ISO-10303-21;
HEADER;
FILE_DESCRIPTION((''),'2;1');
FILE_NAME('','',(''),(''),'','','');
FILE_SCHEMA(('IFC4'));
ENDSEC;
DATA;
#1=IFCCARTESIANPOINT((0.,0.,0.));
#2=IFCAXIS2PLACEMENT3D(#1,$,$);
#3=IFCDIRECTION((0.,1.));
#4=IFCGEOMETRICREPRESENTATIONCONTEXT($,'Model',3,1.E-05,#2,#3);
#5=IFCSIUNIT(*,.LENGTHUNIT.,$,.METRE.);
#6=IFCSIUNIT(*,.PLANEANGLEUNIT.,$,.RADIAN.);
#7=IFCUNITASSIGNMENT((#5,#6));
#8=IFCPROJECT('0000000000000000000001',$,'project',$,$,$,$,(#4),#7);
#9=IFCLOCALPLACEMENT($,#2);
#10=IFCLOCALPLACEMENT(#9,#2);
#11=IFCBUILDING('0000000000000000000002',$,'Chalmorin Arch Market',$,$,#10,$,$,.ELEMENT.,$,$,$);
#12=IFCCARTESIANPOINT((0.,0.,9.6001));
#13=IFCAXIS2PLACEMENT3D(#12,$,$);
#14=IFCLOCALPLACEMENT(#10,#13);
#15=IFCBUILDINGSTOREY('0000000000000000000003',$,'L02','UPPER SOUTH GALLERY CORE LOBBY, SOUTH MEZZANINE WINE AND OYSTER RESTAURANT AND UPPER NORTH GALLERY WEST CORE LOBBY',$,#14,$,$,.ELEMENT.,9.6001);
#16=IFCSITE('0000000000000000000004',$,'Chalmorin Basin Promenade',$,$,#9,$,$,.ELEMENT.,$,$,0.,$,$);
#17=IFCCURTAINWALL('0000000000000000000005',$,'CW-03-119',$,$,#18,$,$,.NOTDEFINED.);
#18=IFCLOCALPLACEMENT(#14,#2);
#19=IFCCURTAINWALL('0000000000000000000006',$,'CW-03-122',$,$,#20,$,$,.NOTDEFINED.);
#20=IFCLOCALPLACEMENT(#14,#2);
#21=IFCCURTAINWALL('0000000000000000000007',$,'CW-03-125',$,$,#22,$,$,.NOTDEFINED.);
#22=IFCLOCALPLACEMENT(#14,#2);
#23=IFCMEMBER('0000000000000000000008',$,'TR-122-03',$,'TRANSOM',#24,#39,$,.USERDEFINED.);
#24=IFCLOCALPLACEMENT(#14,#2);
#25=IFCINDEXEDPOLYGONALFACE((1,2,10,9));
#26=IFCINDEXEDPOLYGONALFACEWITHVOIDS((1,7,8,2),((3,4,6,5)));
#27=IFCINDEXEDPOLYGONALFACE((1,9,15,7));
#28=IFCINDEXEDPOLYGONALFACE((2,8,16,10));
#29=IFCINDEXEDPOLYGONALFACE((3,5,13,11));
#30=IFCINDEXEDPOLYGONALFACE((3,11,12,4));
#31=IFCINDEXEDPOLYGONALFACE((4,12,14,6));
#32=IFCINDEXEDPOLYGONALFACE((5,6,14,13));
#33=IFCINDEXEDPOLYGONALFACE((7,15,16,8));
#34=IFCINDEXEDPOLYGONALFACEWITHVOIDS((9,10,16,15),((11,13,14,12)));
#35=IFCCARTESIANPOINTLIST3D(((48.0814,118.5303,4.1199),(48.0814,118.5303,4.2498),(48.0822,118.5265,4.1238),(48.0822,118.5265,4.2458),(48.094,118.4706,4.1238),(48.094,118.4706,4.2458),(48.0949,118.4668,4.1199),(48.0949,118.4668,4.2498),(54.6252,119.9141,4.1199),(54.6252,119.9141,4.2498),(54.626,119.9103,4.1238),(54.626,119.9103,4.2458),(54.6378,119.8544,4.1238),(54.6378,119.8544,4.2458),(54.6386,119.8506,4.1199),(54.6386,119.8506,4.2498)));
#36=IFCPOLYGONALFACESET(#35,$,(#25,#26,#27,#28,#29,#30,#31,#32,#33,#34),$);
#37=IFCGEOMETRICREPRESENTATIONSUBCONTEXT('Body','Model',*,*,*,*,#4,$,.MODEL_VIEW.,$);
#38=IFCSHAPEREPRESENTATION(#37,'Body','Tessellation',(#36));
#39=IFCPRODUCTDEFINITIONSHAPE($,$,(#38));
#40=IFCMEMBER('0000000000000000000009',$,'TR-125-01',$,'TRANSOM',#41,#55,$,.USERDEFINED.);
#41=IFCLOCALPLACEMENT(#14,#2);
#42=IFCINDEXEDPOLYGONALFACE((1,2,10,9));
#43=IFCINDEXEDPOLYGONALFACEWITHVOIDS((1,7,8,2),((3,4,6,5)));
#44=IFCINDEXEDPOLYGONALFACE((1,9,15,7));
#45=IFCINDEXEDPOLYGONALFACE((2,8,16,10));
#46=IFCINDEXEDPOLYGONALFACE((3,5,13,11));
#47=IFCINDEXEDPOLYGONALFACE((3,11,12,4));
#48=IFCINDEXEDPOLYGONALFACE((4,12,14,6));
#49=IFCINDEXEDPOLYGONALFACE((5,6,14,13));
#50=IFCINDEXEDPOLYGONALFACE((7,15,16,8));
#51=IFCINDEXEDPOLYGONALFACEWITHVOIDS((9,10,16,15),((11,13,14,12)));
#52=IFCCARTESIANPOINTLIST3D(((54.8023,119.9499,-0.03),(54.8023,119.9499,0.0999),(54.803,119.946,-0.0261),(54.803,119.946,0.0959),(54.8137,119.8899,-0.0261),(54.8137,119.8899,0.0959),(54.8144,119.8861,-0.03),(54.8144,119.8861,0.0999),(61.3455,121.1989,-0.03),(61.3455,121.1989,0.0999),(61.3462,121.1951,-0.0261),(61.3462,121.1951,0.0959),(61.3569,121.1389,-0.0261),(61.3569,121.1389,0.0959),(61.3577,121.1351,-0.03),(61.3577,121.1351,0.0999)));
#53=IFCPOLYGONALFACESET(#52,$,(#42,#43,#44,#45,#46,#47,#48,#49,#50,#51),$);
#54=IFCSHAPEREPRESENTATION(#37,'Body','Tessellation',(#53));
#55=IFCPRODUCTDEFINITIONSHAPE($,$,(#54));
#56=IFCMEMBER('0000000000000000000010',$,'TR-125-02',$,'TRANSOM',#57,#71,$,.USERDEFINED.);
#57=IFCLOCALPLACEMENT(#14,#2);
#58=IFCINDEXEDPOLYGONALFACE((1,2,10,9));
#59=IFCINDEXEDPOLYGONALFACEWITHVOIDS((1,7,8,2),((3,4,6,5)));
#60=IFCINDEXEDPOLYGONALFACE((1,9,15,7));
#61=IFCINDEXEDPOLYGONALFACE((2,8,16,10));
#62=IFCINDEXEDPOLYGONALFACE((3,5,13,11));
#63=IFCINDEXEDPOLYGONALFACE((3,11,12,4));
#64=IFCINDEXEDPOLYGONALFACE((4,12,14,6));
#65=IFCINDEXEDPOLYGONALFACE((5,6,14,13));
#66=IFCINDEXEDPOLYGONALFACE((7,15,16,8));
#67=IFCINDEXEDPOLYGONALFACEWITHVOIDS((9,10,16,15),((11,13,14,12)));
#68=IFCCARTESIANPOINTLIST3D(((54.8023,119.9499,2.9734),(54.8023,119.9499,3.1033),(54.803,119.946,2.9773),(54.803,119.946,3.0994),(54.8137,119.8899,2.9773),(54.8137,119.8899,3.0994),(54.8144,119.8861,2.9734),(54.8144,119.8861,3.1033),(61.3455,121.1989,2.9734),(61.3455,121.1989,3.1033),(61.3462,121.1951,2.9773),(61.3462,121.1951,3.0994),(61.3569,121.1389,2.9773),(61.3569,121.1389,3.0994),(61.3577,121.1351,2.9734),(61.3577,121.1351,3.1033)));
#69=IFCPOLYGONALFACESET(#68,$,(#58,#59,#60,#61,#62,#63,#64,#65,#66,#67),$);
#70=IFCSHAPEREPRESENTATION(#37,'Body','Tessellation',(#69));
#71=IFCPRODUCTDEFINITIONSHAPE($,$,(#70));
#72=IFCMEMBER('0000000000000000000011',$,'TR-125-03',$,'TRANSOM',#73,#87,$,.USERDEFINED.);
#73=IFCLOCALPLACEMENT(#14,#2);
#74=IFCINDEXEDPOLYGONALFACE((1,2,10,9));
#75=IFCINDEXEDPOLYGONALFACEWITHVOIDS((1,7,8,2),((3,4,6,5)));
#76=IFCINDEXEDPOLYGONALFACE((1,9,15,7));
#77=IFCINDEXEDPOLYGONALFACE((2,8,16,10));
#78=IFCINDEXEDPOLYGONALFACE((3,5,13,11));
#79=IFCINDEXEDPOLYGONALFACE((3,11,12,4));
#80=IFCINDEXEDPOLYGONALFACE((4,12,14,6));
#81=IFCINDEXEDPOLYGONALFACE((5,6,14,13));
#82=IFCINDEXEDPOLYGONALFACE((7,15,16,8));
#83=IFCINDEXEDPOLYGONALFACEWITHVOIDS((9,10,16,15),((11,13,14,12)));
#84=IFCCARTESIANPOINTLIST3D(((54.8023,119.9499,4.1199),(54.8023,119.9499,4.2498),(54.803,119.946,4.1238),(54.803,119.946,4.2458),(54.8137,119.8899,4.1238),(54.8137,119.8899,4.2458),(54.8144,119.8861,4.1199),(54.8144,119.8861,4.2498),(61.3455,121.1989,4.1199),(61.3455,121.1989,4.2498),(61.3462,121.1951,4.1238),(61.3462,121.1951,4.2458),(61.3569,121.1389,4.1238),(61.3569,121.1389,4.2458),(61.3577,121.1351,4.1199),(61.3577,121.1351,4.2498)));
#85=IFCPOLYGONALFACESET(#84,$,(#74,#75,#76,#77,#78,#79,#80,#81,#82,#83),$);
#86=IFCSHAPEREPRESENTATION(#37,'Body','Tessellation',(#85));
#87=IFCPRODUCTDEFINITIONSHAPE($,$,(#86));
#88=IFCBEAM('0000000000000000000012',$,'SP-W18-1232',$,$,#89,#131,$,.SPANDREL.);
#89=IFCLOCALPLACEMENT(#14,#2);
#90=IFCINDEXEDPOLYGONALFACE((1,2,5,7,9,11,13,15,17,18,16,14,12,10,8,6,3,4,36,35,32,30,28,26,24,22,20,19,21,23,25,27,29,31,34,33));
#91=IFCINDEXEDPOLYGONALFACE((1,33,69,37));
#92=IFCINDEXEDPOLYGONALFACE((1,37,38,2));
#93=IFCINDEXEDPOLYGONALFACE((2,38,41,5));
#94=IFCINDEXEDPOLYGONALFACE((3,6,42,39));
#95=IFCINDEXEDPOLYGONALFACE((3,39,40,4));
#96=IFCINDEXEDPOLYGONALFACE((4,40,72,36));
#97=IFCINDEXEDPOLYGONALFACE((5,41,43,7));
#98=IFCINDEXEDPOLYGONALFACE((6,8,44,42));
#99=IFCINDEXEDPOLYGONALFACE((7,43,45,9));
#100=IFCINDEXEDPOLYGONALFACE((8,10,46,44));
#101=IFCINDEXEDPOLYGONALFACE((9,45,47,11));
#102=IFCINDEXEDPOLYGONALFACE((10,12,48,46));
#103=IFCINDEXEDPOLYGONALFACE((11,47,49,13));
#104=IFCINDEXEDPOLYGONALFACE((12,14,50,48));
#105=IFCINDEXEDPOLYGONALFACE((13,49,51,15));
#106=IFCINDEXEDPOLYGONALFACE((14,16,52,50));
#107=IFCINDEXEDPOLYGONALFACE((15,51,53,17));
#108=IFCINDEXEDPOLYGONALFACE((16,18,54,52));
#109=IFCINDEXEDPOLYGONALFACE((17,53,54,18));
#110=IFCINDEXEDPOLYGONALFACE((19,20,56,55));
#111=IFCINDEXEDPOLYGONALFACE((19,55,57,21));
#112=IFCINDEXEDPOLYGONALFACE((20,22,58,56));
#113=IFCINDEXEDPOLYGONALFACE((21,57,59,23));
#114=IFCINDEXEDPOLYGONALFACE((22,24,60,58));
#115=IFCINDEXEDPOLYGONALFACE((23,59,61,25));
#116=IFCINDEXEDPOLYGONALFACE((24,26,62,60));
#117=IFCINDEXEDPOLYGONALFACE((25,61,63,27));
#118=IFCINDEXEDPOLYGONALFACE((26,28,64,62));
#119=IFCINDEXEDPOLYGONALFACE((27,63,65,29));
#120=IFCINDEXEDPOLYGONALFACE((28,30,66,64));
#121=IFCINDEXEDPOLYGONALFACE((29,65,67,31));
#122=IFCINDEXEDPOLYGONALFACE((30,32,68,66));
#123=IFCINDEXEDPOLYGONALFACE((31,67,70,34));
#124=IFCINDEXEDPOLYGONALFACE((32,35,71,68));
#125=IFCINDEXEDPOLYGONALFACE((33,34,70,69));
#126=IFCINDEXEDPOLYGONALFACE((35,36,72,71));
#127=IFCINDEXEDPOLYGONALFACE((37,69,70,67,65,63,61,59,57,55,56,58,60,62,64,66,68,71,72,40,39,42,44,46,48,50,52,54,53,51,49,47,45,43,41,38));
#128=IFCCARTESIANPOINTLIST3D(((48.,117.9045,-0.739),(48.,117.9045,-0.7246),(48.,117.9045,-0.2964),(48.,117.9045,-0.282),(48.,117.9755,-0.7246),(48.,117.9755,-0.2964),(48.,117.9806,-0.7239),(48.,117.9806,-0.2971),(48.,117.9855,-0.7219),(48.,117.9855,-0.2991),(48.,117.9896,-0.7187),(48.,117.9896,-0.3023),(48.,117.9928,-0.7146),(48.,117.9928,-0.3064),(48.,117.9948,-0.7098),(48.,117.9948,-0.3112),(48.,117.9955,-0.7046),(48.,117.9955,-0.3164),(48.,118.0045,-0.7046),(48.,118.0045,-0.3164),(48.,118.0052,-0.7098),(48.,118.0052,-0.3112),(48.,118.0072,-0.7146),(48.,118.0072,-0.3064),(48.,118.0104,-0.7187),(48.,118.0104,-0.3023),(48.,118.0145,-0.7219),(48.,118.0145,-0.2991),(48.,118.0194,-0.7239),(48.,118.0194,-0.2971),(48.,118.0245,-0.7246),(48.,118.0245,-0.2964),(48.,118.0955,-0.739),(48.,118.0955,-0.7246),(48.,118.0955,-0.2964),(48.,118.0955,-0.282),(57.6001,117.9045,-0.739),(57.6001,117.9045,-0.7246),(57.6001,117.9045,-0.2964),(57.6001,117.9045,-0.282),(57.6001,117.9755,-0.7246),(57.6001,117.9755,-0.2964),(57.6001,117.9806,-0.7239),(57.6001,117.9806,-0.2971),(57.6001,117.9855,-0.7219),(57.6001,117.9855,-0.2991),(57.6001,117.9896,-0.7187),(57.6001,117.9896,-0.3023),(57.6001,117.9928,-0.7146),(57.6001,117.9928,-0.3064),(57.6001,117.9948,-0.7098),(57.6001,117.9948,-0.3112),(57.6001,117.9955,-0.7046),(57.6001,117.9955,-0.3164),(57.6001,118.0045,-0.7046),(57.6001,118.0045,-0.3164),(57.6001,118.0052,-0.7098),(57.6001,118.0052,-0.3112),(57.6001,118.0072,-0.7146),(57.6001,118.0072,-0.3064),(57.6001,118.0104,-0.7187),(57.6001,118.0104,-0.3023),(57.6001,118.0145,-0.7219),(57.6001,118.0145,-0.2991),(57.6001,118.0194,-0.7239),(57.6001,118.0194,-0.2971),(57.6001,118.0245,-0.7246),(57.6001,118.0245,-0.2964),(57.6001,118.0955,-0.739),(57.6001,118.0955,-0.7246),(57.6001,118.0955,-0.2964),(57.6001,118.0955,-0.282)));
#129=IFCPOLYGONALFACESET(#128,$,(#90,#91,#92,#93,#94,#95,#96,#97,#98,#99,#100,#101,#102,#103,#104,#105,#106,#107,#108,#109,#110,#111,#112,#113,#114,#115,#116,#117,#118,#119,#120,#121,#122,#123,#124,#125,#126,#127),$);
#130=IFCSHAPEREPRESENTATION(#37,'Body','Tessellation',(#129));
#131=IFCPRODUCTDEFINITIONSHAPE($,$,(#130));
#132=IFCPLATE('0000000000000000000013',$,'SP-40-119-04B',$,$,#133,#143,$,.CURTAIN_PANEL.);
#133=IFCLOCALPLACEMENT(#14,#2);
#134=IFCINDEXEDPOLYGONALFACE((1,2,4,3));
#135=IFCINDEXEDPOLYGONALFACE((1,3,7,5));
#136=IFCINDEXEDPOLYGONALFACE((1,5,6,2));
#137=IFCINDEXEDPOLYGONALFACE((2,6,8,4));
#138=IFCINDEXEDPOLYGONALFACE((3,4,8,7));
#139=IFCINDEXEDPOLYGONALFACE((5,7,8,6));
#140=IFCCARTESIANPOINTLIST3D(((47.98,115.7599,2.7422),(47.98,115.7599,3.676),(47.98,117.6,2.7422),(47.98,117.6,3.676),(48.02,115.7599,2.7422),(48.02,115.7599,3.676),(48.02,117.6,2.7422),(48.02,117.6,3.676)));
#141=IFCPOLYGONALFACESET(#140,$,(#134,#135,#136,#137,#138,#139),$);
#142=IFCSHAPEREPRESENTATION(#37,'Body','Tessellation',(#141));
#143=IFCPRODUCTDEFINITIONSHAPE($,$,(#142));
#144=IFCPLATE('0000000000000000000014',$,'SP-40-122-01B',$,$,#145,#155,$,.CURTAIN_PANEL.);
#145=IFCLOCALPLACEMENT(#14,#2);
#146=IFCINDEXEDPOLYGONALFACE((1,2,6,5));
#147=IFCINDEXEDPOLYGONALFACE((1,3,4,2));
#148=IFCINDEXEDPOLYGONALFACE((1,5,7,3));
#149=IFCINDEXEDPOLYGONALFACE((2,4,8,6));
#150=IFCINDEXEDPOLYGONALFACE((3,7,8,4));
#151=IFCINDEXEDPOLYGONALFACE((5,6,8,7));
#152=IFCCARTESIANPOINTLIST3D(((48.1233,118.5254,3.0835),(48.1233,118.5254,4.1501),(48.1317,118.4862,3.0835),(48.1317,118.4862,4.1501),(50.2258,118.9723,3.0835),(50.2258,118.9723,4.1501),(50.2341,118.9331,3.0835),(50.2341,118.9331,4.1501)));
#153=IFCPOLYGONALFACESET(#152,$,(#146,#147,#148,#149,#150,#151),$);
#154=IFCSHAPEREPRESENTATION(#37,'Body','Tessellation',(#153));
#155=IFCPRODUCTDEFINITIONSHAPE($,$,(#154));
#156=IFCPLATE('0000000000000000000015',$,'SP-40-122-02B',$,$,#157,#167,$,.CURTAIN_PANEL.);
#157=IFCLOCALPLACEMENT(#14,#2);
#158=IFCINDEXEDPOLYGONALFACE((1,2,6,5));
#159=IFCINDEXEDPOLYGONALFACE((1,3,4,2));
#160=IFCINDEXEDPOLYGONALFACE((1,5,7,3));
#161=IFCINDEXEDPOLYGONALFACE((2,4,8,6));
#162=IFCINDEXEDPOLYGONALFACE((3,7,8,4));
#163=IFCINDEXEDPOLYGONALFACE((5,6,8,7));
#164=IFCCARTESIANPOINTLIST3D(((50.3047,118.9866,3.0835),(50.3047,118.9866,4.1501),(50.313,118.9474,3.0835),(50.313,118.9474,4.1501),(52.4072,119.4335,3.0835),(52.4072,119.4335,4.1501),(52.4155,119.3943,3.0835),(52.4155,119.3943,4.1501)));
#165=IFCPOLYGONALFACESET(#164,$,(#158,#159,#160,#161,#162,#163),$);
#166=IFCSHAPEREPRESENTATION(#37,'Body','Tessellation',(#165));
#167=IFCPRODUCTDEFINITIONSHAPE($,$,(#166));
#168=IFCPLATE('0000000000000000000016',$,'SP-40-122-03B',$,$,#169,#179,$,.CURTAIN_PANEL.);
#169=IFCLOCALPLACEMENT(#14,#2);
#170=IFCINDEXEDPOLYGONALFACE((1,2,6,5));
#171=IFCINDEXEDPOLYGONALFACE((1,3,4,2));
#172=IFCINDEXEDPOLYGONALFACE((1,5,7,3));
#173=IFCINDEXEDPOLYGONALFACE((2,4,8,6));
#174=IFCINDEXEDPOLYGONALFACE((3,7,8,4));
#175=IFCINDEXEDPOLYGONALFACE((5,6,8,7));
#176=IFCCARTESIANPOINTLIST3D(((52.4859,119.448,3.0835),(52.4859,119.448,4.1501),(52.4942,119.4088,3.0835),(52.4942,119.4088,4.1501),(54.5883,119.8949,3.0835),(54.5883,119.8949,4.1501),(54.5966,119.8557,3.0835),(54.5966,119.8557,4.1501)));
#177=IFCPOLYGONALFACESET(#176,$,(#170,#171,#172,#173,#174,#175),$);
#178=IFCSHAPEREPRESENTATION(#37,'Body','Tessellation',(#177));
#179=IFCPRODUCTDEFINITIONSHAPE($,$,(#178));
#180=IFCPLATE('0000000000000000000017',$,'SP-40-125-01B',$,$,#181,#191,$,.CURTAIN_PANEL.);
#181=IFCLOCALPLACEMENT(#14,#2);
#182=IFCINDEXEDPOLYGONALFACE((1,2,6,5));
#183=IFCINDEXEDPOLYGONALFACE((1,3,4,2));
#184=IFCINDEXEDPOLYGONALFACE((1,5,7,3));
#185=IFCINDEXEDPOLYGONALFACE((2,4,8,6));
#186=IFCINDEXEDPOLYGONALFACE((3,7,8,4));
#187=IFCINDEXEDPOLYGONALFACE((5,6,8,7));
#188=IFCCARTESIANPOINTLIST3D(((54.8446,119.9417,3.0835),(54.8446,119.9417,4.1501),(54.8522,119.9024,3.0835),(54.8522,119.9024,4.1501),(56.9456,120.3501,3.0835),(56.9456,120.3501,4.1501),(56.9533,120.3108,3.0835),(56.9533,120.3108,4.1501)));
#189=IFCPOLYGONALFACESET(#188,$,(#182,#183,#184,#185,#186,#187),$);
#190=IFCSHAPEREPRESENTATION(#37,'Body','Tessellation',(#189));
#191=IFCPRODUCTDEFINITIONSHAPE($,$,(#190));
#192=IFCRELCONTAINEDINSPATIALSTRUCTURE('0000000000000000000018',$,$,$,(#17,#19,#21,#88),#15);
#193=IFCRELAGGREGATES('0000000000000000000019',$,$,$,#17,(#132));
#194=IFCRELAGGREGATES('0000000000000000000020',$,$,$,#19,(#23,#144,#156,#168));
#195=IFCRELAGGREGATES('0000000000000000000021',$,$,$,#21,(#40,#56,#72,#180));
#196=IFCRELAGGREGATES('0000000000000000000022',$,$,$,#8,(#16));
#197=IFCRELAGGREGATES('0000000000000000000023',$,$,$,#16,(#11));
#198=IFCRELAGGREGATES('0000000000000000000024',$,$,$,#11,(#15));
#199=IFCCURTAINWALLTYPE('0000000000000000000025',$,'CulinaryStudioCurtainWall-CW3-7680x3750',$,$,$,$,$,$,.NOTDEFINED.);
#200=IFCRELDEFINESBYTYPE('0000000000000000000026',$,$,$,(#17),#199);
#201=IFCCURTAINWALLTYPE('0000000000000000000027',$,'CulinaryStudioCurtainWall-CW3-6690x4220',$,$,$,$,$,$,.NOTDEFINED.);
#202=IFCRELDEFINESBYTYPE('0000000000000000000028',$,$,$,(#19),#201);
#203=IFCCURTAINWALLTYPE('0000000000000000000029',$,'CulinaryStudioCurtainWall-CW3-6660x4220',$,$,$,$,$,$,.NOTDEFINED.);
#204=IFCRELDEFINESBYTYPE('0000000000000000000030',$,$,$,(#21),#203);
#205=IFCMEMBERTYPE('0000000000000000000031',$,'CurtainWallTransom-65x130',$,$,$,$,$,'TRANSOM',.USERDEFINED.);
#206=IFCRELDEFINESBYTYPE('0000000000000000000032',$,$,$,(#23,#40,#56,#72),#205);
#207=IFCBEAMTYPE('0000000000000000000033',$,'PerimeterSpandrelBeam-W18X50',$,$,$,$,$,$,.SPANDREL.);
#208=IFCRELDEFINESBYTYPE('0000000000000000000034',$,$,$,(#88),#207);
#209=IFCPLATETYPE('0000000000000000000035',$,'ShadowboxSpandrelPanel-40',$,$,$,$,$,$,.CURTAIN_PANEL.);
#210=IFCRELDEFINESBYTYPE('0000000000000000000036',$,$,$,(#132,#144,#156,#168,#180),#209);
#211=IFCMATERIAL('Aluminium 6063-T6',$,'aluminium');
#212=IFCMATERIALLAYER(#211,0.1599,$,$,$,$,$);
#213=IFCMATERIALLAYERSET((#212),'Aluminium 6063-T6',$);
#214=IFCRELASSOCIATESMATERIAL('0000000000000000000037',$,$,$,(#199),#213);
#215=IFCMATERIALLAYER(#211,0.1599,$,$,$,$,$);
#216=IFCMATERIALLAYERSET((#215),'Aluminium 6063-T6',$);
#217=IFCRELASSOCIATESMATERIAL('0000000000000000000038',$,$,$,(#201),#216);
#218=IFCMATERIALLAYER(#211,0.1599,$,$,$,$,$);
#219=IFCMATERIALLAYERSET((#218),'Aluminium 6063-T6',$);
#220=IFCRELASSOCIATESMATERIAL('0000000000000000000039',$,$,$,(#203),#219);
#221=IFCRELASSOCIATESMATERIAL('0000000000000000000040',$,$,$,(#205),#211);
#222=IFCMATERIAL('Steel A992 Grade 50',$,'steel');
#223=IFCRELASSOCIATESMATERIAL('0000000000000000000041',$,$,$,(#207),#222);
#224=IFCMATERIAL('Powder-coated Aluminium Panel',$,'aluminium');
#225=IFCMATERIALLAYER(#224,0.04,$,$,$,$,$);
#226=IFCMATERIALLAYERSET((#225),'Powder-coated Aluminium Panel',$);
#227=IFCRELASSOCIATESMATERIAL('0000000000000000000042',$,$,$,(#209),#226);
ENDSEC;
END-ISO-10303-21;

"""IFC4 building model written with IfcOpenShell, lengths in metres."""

from ifc_helpers import new_model, si_unit, direction, frame, origin, origin_2d, place, context, subcontext, project, spatial, rectangle, hollow_rectangle, i_section, extrude, material, layer, layer_set, material_profile, profile_set, type_object, element, aggregate, save


model = new_model("IFC4")

# Units and contexts
model_context = context("Model", 3, precision=1e-05, world=origin(), true_north=direction((0.0, 1.0)))
body_context = subcontext(model_context, "Body", "Model", "MODEL_VIEW")
ifc_project = project(units=[si_unit("LENGTHUNIT", "METRE"), si_unit("PLANEANGLEUNIT", "RADIAN")], contexts=[model_context])

# Site, building, storey
site_placement = place(None, origin())
site = spatial("IfcSite", under=ifc_project, at=site_placement, Name="Chalmorin Basin Promenade", CompositionType="ELEMENT", RefElevation=0.0)
building_placement = place(site_placement, origin())
building = spatial("IfcBuilding", under=site, at=building_placement, Name="Chalmorin Arch Market", CompositionType="ELEMENT")
storey_placement = place(building_placement, frame((0.0, 0.0, 9.6001)))
storey = spatial("IfcBuildingStorey", under=building, at=storey_placement, Name="L02", Description="UPPER SOUTH GALLERY CORE LOBBY, SOUTH MEZZANINE WINE AND OYSTER RESTAURANT AND UPPER NORTH GALLERY WEST CORE LOBBY", CompositionType="ELEMENT", Elevation=9.6001)

# Curtain wall
ifc_material_1 = material(Name="Aluminium 6063-T6", Category="aluminium")
ifc_layer_1 = layer(ifc_material_1, 0.1599)
ifc_layer_set_1 = layer_set([ifc_layer_1], Name="Aluminium 6063-T6")
curtain_wall_type_1 = type_object("IfcCurtainWallType", Name="CulinaryStudioCurtainWall-CW3-7680x3750", PredefinedType="NOTDEFINED", material=ifc_layer_set_1)
curtain_wall_1_placement = place(storey_placement, origin())
curtain_wall_1 = element("IfcCurtainWall", 1, at=curtain_wall_1_placement, inside=storey, type_object=curtain_wall_type_1, Name="CW-03-119", PredefinedType="NOTDEFINED")

# Curtain walls
ifc_layer_2 = layer(ifc_material_1, 0.1599)
ifc_layer_set_2 = layer_set([ifc_layer_2], Name="Aluminium 6063-T6")
curtain_wall_type_2 = type_object("IfcCurtainWallType", Name="CulinaryStudioCurtainWall-CW3-6690x4220", PredefinedType="NOTDEFINED", material=ifc_layer_set_2)
curtain_wall_2_placement = place(storey_placement, origin())
curtain_wall_2 = element("IfcCurtainWall", 2, at=curtain_wall_2_placement, inside=storey, type_object=curtain_wall_type_2, Name="CW-03-122", PredefinedType="NOTDEFINED")
ifc_layer_3 = layer(ifc_material_1, 0.1599)
ifc_layer_set_3 = layer_set([ifc_layer_3], Name="Aluminium 6063-T6")
curtain_wall_type_3 = type_object("IfcCurtainWallType", Name="CulinaryStudioCurtainWall-CW3-6660x4220", PredefinedType="NOTDEFINED", material=ifc_layer_set_3)
curtain_wall_3_placement = place(storey_placement, origin())
curtain_wall_3 = element("IfcCurtainWall", 3, at=curtain_wall_3_placement, inside=storey, type_object=curtain_wall_type_3, Name="CW-03-125", PredefinedType="NOTDEFINED")

# Members
ifc_material_profile_1 = material_profile(ifc_material_1, hollow_rectangle(XDim=0.0649, YDim=0.1299, WallThickness=0.0039, at=origin_2d()), Name="ALU65X130X4")
ifc_profile_set_1 = profile_set([ifc_material_profile_1], Name="Aluminium 6063-T6")
member_type_1 = type_object("IfcMemberType", Name="CurtainWallTransom-65x130", ElementType="TRANSOM", PredefinedType="USERDEFINED", material=ifc_profile_set_1)
member_1_placement = place(storey_placement, frame((48.0881, 118.4985, 4.1848), z_axis=(0.978363, 0.206893, 0.0), x_axis=(-0.206893, 0.978363, 0.0)))
member_1 = element("IfcMember", 4, at=member_1_placement, type_object=member_type_1, Name="TR-122-03", ObjectType="TRANSOM", PredefinedType="USERDEFINED", context=body_context, shape_type="SweptSolid", body=[
    extrude(hollow_rectangle(XDim=0.0649, YDim=0.1299, WallThickness=0.0039, at=origin_2d()), origin(), (0.0, 0.0, 1.0), 6.6885),
])
member_2_placement = place(storey_placement, frame((54.8083, 119.918, 0.0349), z_axis=(0.982264, 0.187503, 0.0), x_axis=(-0.187503, 0.982264, 0.0)))
member_2 = element("IfcMember", 5, at=member_2_placement, type_object=member_type_1, Name="TR-125-01", ObjectType="TRANSOM", PredefinedType="USERDEFINED", context=body_context, shape_type="SweptSolid", body=[
    extrude(hollow_rectangle(XDim=0.0649, YDim=0.1299, WallThickness=0.0039, at=origin_2d()), origin(), (0.0, 0.0, 1.0), 6.6614),
])
member_3_placement = place(storey_placement, frame((54.8083, 119.918, 3.0383), z_axis=(0.982264, 0.187503, 0.0), x_axis=(-0.187503, 0.982264, 0.0)))
member_3 = element("IfcMember", 6, at=member_3_placement, type_object=member_type_1, Name="TR-125-02", ObjectType="TRANSOM", PredefinedType="USERDEFINED", context=body_context, shape_type="SweptSolid", body=[
    extrude(hollow_rectangle(XDim=0.0649, YDim=0.1299, WallThickness=0.0039, at=origin_2d()), origin(), (0.0, 0.0, 1.0), 6.6614),
])
member_4_placement = place(storey_placement, frame((54.8083, 119.918, 4.1848), z_axis=(0.982264, 0.187503, 0.0), x_axis=(-0.187503, 0.982264, 0.0)))
member_4 = element("IfcMember", 7, at=member_4_placement, type_object=member_type_1, Name="TR-125-03", ObjectType="TRANSOM", PredefinedType="USERDEFINED", context=body_context, shape_type="SweptSolid", body=[
    extrude(hollow_rectangle(XDim=0.0649, YDim=0.1299, WallThickness=0.0039, at=origin_2d()), origin(), (0.0, 0.0, 1.0), 6.6614),
])

# Beam
ifc_material_2 = material(Name="Steel A992 Grade 50", Category="steel")
ifc_material_profile_2 = material_profile(ifc_material_2, i_section(OverallWidth=0.1909, OverallDepth=0.457, WebThickness=0.009, FlangeThickness=0.0144, FilletRadius=0.02, at=origin_2d()), Name="W18X50")
ifc_profile_set_2 = profile_set([ifc_material_profile_2], Name="Steel A992 Grade 50")
beam_type = type_object("IfcBeamType", Name="PerimeterSpandrelBeam-W18X50", PredefinedType="SPANDREL", material=ifc_profile_set_2)
beam_placement = place(storey_placement, frame((48.0, 118.0, -0.5105), z_axis=(1.0, 0.0, 0.0), x_axis=(0.0, 1.0, 0.0)))
element("IfcBeam", 8, at=beam_placement, inside=storey, type_object=beam_type, Name="SP-W18-1232", PredefinedType="SPANDREL", context=body_context, shape_type="SweptSolid", body=[
    extrude(i_section(OverallWidth=0.1909, OverallDepth=0.457, WebThickness=0.009, FlangeThickness=0.0144, FilletRadius=0.02, at=origin_2d()), origin(), (0.0, 0.0, 1.0), 9.6001),
])

# Plates
ifc_material_3 = material(Name="Powder-coated Aluminium Panel", Category="aluminium")
ifc_layer_4 = layer(ifc_material_3, 0.04)
ifc_layer_set_4 = layer_set([ifc_layer_4], Name="Powder-coated Aluminium Panel")
plate_type_1 = type_object("IfcPlateType", Name="ShadowboxSpandrelPanel-40", PredefinedType="CURTAIN_PANEL", material=ifc_layer_set_4)
plate_1_placement = place(storey_placement, frame((48.0, 116.6799, 2.7422), z_axis=(0.0, 0.0, 1.0), x_axis=(0.0, 1.0, 0.0)))
plate_1 = element("IfcPlate", 9, at=plate_1_placement, type_object=plate_type_1, Name="SP-40-119-04B", PredefinedType="CURTAIN_PANEL", context=body_context, shape_type="SweptSolid", body=[
    extrude(rectangle(XDim=1.8401, YDim=0.04, at=origin_2d()), origin(), (0.0, 0.0, 1.0), 0.9338),
])
aggregate(curtain_wall_1, [plate_1])
plate_2_placement = place(storey_placement, frame((49.1787, 118.7292, 3.0835), z_axis=(0.0, 0.0, 1.0), x_axis=(0.978148, 0.207912, 0.0)))
plate_2 = element("IfcPlate", 10, at=plate_2_placement, type_object=plate_type_1, Name="SP-40-122-01B", PredefinedType="CURTAIN_PANEL", context=body_context, shape_type="SweptSolid", body=[
    extrude(rectangle(XDim=2.1494, YDim=0.04, at=origin_2d()), origin(), (0.0, 0.0, 1.0), 1.0667),
])
plate_3_placement = place(storey_placement, frame((51.3601, 119.1904, 3.0835), z_axis=(0.0, 0.0, 1.0), x_axis=(0.978148, 0.207912, 0.0)))
plate_3 = element("IfcPlate", 11, at=plate_3_placement, type_object=plate_type_1, Name="SP-40-122-02B", PredefinedType="CURTAIN_PANEL", context=body_context, shape_type="SweptSolid", body=[
    extrude(rectangle(XDim=2.1494, YDim=0.04, at=origin_2d()), origin(), (0.0, 0.0, 1.0), 1.0667),
])
plate_4_placement = place(storey_placement, frame((53.5413, 119.6519, 3.0835), z_axis=(0.0, 0.0, 1.0), x_axis=(0.978148, 0.207912, 0.0)))
plate_4 = element("IfcPlate", 12, at=plate_4_placement, type_object=plate_type_1, Name="SP-40-122-03B", PredefinedType="CURTAIN_PANEL", context=body_context, shape_type="SweptSolid", body=[
    extrude(rectangle(XDim=2.1494, YDim=0.04, at=origin_2d()), origin(), (0.0, 0.0, 1.0), 1.0667),
])
plate_5_placement = place(storey_placement, frame((55.8989, 120.1262, 3.0835), z_axis=(0.0, 0.0, 1.0), x_axis=(0.981627, 0.190809, 0.0)))
plate_5 = element("IfcPlate", 13, at=plate_5_placement, type_object=plate_type_1, Name="SP-40-125-01B", PredefinedType="CURTAIN_PANEL", context=body_context, shape_type="SweptSolid", body=[
    extrude(rectangle(XDim=2.1404, YDim=0.04, at=origin_2d()), origin(), (0.0, 0.0, 1.0), 1.0667),
])
aggregate(curtain_wall_2, [member_1, plate_2, plate_3, plate_4])
aggregate(curtain_wall_3, [member_2, member_3, member_4, plate_5])

save(model, "model.ifc")
